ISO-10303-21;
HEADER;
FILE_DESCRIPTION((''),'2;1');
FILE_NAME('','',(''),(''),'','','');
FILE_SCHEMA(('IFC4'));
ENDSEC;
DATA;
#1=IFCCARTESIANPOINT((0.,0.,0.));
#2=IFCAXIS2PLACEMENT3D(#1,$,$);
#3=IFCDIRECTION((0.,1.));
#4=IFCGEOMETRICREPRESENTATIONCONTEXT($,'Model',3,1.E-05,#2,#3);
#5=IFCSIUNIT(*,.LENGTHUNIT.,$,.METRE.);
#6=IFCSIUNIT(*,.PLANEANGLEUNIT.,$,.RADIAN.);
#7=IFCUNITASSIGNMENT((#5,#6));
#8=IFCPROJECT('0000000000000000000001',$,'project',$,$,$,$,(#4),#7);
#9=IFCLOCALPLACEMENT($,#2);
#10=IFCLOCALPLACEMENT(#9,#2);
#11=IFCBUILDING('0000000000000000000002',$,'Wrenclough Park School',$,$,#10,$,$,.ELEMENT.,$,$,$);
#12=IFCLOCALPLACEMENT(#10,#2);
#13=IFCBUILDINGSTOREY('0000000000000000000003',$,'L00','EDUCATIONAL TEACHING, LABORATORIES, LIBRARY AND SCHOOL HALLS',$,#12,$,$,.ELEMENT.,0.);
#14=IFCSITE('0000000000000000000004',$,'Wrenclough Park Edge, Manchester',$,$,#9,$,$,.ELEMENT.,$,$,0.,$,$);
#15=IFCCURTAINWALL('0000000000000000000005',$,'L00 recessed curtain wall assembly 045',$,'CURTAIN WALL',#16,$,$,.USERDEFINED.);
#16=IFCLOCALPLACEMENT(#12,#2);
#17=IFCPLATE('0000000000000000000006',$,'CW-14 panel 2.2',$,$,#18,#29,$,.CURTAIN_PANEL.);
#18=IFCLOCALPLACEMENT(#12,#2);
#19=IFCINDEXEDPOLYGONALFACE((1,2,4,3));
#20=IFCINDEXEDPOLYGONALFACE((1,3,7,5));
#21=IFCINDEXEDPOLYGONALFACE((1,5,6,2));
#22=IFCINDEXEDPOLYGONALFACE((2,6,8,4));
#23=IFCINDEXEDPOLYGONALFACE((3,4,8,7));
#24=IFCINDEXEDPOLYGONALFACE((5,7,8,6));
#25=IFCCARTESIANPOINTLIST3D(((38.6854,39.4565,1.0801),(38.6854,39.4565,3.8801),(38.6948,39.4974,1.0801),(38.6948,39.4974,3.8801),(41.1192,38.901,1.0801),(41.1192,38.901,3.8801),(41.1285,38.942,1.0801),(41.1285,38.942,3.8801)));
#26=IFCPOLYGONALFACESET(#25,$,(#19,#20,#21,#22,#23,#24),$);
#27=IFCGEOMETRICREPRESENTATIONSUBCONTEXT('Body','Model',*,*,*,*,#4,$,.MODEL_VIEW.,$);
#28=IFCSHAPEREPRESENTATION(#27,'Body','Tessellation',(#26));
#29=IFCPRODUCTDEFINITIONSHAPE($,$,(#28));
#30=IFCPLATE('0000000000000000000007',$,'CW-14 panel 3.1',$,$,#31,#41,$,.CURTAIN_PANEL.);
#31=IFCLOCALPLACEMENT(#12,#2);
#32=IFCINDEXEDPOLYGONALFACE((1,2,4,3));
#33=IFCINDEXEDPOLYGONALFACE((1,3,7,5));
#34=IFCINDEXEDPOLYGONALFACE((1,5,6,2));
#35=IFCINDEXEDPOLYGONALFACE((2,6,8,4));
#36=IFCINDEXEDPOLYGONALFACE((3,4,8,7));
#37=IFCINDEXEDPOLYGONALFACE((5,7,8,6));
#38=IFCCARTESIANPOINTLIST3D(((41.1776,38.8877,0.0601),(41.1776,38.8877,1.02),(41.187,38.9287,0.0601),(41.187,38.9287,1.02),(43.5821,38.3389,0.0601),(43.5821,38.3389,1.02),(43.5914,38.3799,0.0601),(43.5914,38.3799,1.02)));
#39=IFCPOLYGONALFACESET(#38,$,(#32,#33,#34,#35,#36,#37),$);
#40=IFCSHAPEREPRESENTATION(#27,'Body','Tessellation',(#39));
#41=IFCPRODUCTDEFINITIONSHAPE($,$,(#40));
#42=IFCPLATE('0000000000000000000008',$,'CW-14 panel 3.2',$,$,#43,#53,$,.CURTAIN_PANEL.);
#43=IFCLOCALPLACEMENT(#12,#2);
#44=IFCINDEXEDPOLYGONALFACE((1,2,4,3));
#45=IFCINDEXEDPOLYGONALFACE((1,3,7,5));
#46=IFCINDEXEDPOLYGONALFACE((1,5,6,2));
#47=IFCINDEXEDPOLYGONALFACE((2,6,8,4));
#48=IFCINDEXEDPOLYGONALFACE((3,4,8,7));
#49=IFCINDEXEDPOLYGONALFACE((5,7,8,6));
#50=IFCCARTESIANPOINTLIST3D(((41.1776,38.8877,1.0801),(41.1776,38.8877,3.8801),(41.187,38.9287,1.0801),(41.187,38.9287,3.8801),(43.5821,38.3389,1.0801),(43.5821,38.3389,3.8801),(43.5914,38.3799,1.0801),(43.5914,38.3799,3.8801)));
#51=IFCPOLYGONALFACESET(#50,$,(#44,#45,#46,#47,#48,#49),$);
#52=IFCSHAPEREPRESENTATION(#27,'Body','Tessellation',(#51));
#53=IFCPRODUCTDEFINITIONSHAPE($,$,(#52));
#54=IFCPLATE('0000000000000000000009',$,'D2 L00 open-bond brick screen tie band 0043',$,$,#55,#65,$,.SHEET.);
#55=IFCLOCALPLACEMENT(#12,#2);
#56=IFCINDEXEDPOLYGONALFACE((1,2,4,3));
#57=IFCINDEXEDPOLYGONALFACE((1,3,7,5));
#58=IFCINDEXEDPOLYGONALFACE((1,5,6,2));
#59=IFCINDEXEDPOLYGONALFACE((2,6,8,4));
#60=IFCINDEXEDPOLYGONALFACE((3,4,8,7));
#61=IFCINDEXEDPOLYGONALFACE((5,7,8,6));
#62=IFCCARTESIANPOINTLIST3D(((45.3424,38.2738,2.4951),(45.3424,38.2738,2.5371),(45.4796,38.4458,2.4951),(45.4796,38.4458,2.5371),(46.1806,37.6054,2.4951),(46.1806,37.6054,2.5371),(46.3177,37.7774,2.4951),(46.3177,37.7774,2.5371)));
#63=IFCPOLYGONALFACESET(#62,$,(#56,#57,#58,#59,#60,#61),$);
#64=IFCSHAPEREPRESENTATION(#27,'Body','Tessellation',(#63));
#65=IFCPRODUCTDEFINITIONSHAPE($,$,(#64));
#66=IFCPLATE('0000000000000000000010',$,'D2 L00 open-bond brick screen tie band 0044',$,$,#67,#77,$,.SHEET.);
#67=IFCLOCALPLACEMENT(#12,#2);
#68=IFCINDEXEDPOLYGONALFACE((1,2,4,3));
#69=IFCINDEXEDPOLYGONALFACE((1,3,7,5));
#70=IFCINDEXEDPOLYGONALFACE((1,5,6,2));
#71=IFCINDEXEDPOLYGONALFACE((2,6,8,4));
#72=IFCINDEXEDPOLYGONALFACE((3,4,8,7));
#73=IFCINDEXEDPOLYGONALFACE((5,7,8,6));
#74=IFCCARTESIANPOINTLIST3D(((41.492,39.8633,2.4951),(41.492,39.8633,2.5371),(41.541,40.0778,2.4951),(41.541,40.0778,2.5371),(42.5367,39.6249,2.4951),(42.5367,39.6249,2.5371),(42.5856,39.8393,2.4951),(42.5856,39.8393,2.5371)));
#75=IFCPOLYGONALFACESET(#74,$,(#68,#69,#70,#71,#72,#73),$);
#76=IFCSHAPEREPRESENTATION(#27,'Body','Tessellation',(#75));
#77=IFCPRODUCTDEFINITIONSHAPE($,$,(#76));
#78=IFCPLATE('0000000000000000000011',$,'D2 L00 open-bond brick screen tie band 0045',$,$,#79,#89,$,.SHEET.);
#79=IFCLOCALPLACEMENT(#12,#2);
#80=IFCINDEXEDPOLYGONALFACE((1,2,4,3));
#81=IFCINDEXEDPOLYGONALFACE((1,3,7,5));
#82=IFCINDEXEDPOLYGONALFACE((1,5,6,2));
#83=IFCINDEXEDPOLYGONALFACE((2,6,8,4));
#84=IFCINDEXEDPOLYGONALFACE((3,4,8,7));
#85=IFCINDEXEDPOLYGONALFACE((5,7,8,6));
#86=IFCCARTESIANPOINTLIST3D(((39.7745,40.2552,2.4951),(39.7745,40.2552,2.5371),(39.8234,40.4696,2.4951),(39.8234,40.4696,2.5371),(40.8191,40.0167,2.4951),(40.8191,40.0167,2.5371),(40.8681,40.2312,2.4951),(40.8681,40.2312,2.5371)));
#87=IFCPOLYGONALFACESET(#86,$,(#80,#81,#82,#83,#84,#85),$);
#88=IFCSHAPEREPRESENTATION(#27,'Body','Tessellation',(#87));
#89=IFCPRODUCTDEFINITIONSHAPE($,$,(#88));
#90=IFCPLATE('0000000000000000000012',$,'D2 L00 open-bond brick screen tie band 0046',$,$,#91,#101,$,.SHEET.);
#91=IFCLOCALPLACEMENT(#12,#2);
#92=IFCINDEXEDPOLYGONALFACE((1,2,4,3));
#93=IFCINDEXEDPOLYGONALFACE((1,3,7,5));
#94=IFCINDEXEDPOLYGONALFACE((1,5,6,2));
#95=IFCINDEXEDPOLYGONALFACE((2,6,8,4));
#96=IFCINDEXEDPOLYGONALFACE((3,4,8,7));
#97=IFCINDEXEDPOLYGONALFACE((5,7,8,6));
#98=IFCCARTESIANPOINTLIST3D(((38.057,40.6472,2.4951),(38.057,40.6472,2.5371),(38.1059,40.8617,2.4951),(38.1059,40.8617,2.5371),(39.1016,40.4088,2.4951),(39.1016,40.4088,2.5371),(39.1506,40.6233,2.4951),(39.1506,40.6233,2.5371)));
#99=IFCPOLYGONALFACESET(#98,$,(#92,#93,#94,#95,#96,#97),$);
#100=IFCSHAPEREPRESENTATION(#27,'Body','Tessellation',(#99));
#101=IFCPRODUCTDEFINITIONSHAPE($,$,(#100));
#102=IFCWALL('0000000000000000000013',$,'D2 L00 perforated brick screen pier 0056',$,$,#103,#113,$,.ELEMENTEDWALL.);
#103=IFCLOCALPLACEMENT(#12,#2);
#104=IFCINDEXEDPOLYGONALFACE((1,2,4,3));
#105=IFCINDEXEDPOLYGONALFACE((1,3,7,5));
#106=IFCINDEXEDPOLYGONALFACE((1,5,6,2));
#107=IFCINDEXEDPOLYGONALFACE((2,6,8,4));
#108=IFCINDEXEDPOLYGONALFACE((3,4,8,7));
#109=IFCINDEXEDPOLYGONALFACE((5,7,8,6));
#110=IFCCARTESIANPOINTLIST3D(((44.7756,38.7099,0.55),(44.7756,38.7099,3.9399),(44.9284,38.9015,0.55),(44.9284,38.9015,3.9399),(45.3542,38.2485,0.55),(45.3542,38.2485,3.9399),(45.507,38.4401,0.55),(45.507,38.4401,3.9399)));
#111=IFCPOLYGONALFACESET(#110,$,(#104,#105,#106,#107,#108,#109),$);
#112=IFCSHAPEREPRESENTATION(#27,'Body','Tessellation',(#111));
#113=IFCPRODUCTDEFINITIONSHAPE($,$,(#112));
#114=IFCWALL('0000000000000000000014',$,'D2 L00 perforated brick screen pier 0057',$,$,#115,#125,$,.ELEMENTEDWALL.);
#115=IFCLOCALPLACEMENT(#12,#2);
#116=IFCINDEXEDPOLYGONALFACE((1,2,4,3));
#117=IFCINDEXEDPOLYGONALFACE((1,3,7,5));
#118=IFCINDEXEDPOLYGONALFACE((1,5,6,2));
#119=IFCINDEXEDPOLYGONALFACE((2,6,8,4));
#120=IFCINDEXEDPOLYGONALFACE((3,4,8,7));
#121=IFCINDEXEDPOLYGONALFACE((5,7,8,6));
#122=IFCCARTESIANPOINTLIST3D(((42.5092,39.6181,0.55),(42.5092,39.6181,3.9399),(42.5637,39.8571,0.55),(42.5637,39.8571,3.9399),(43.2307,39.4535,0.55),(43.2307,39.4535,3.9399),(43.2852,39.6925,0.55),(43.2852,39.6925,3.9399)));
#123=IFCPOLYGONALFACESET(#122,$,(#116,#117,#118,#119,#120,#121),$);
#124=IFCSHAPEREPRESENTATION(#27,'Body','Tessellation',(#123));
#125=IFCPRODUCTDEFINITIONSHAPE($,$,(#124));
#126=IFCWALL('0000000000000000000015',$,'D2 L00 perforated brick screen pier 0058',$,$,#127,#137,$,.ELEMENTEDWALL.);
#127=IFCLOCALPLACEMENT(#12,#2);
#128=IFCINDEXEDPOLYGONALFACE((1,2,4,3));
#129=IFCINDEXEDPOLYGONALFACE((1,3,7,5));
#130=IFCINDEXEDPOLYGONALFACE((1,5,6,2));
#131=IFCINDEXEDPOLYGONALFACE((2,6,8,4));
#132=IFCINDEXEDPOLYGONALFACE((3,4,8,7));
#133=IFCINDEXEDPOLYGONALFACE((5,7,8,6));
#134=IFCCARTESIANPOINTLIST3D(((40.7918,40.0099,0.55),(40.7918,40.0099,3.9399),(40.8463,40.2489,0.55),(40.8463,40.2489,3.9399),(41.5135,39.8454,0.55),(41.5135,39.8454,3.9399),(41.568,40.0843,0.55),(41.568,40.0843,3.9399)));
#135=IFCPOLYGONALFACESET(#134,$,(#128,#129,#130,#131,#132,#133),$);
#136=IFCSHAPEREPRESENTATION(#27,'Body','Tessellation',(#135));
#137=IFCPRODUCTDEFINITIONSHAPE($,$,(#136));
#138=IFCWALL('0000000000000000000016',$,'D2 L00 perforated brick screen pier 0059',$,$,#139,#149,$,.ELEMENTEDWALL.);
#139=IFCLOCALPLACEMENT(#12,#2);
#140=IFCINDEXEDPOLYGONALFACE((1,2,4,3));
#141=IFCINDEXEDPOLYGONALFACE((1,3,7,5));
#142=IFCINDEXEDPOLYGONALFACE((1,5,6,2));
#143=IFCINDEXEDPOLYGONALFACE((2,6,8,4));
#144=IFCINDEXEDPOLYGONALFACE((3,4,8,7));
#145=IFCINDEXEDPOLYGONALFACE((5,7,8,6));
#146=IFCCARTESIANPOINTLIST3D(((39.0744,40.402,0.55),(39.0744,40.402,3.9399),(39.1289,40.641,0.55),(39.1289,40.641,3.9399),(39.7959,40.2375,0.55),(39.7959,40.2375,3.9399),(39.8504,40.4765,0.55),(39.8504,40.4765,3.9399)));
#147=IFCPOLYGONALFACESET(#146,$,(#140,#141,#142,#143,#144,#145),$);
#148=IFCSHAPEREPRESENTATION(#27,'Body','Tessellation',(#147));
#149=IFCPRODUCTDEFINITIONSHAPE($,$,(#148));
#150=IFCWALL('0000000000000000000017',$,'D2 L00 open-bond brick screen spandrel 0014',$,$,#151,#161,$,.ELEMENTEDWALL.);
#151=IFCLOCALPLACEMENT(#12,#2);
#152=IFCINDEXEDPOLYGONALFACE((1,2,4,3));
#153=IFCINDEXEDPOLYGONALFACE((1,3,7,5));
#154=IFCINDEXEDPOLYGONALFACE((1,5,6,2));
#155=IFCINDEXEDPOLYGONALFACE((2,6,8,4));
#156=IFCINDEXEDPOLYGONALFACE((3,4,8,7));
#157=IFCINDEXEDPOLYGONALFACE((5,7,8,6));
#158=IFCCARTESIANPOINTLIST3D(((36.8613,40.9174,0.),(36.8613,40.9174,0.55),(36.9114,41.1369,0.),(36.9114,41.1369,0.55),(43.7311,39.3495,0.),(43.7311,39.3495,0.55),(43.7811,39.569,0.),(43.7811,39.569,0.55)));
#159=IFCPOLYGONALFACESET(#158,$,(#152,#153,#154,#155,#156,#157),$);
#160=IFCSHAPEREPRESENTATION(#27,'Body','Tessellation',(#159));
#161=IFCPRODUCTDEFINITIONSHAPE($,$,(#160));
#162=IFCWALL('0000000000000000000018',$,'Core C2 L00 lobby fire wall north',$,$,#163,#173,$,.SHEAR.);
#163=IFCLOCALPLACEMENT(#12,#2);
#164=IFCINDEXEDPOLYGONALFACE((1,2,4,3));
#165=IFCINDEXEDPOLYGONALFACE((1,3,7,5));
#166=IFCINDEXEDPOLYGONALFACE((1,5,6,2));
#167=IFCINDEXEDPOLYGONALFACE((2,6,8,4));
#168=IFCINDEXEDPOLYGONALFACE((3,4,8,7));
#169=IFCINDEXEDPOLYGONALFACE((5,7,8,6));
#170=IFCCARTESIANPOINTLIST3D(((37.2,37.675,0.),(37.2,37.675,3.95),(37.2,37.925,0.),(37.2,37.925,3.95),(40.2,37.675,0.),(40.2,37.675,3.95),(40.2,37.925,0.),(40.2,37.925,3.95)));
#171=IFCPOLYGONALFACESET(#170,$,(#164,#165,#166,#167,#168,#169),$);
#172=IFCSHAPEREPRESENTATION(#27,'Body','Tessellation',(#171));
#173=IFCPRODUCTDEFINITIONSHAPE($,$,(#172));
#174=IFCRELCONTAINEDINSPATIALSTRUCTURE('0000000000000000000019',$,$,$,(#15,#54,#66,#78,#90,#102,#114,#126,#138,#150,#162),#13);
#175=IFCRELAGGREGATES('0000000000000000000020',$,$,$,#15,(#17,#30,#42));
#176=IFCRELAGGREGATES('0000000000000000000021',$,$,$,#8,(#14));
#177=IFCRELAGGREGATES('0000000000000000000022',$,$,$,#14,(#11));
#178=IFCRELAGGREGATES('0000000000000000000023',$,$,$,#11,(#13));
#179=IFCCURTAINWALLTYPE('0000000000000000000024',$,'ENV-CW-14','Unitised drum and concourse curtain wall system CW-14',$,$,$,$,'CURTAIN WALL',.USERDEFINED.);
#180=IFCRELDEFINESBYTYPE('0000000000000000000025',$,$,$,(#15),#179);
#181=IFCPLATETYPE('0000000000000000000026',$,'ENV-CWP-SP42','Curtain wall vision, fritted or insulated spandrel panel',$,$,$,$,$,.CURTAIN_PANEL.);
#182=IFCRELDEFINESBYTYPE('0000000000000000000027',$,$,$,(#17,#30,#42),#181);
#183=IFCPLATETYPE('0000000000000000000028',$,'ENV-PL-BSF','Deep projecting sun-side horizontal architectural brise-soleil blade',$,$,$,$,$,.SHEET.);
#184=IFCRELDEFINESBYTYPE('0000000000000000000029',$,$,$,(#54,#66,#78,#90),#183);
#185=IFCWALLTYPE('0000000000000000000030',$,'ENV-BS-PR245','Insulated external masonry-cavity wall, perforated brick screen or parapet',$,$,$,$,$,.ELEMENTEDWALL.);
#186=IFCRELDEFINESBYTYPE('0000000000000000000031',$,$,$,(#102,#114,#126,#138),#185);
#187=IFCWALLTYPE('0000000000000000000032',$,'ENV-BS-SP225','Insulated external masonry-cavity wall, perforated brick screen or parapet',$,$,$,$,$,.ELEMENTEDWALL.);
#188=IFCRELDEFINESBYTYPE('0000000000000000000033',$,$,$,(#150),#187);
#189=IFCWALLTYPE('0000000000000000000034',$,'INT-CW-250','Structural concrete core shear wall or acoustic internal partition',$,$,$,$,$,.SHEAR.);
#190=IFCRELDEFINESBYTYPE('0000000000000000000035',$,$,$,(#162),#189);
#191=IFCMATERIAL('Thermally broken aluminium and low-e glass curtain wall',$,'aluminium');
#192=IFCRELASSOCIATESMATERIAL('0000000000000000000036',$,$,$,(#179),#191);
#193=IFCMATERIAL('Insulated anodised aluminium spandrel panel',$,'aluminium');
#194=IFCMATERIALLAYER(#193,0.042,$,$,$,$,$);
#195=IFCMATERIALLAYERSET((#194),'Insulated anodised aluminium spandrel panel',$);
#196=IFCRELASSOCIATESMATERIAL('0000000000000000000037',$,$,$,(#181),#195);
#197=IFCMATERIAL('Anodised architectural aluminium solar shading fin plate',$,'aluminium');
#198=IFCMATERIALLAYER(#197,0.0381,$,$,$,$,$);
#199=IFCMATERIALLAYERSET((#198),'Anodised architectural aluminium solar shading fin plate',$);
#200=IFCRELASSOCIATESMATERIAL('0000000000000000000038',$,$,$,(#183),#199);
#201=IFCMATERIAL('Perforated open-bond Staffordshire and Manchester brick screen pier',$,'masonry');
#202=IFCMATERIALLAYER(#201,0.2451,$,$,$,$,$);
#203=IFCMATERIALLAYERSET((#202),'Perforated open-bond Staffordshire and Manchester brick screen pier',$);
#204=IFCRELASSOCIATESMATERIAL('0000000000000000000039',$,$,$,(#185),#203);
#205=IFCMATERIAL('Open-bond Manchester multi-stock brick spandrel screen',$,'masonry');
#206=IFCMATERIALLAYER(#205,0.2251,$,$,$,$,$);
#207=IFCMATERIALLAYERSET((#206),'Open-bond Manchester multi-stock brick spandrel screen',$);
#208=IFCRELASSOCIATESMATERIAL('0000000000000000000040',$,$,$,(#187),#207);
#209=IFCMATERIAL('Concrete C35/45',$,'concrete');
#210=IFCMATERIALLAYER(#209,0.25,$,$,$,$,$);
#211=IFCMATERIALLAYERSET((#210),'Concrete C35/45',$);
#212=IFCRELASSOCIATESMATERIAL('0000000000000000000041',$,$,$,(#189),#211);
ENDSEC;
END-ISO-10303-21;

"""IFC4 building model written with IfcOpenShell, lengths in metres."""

from ifc_helpers import new_model, si_unit, direction, frame, frame_2d, origin, origin_2d, place, context, subcontext, project, spatial, rectangle, extrude, material, layer, layer_set, type_object, element, aggregate, save


model = new_model("IFC4")

# Units and contexts
model_context = context("Model", 3, precision=1e-05, world=origin(), true_north=direction((0.0, 1.0)))
body_context = subcontext(model_context, "Body", "Model", "MODEL_VIEW")
ifc_project = project(units=[si_unit("LENGTHUNIT", "METRE"), si_unit("PLANEANGLEUNIT", "RADIAN")], contexts=[model_context])

# Site, building, storey
site_placement = place(None, origin())
site = spatial("IfcSite", under=ifc_project, at=site_placement, Name="Wrenclough Park Edge, Manchester", CompositionType="ELEMENT", RefElevation=0.0)
building_placement = place(site_placement, origin())
building = spatial("IfcBuilding", under=site, at=building_placement, Name="Wrenclough Park School", CompositionType="ELEMENT")
storey_placement = place(building_placement, origin())
storey = spatial("IfcBuildingStorey", under=building, at=storey_placement, Name="L00", Description="EDUCATIONAL TEACHING, LABORATORIES, LIBRARY AND SCHOOL HALLS", CompositionType="ELEMENT", Elevation=0.0)

# Curtain wall
ifc_material_1 = material(Name="Thermally broken aluminium and low-e glass curtain wall", Category="aluminium")
curtain_wall_type_1 = type_object("IfcCurtainWallType", Name="ENV-CW-14", Description="Unitised drum and concourse curtain wall system CW-14", ElementType="CURTAIN WALL", PredefinedType="USERDEFINED", material=ifc_material_1)
curtain_wall_1_placement = place(storey_placement, origin())
curtain_wall_1 = element("IfcCurtainWall", 1, at=curtain_wall_1_placement, inside=storey, type_object=curtain_wall_type_1, Name="L00 recessed curtain wall assembly 045", ObjectType="CURTAIN WALL", PredefinedType="USERDEFINED")

# Plates
ifc_material_2 = material(Name="Insulated anodised aluminium spandrel panel", Category="aluminium")
ifc_layer_1 = layer(ifc_material_2, 0.042)
ifc_layer_set_1 = layer_set([ifc_layer_1], Name="Insulated anodised aluminium spandrel panel")
plate_type_1 = type_object("IfcPlateType", Name="ENV-CWP-SP42", Description="Curtain wall vision, fritted or insulated spandrel panel", PredefinedType="CURTAIN_PANEL", material=ifc_layer_set_1)
plate_1_placement = place(storey_placement, frame((39.907, 39.1992, 1.0801), z_axis=(0.0, 0.0, 1.0), x_axis=(0.974929, -0.222516, 0.0)))
plate_1 = element("IfcPlate", 2, at=plate_1_placement, type_object=plate_type_1, Name="CW-14 panel 2.2", PredefinedType="CURTAIN_PANEL", context=body_context, shape_type="SweptSolid", body=[
    extrude(rectangle(XDim=2.4963, YDim=0.042, at=origin_2d()), origin(), (0.0, 0.0, 1.0), 2.8),
])
plate_2_placement = place(storey_placement, frame((42.3845, 38.6338, 0.0601), z_axis=(0.0, 0.0, 1.0), x_axis=(0.974929, -0.222516, 0.0)))
plate_2 = element("IfcPlate", 3, at=plate_2_placement, type_object=plate_type_1, Name="CW-14 panel 3.1", PredefinedType="CURTAIN_PANEL", context=body_context, shape_type="SweptSolid", body=[
    extrude(rectangle(XDim=2.4663, YDim=0.042, at=origin_2d()), origin(), (0.0, 0.0, 1.0), 0.96),
])
plate_3_placement = place(storey_placement, frame((42.3845, 38.6338, 1.0801), z_axis=(0.0, 0.0, 1.0), x_axis=(0.974929, -0.222516, 0.0)))
plate_3 = element("IfcPlate", 4, at=plate_3_placement, type_object=plate_type_1, Name="CW-14 panel 3.2", PredefinedType="CURTAIN_PANEL", context=body_context, shape_type="SweptSolid", body=[
    extrude(rectangle(XDim=2.4663, YDim=0.042, at=origin_2d()), origin(), (0.0, 0.0, 1.0), 2.8),
])
aggregate(curtain_wall_1, [plate_1, plate_2, plate_3])

# Plates
ifc_material_3 = material(Name="Anodised architectural aluminium solar shading fin plate", Category="aluminium")
ifc_layer_2 = layer(ifc_material_3, 0.0381)
ifc_layer_set_2 = layer_set([ifc_layer_2], Name="Anodised architectural aluminium solar shading fin plate")
plate_type_2 = type_object("IfcPlateType", Name="ENV-PL-BSF", Description="Deep projecting sun-side horizontal architectural brise-soleil blade", PredefinedType="SHEET", material=ifc_layer_set_2)
plate_4_placement = place(storey_placement, frame((45.8301, 38.0256, 2.4951), z_axis=(0.0, 0.0, 1.0), x_axis=(-0.781826, 0.623497, 0.0)))
element("IfcPlate", 5, at=plate_4_placement, inside=storey, type_object=plate_type_2, Name="D2 L00 open-bond brick screen tie band 0043", PredefinedType="SHEET", context=body_context, shape_type="SweptSolid", body=[
    extrude(rectangle(XDim=1.072, YDim=0.22, at=origin_2d()), origin(), (0.0, 0.0, 1.0), 0.042),
])
for number, where, z_axis, x_axis, name in (
    (6, (42.0388, 39.8513, 2.4951), (0.0, 0.0, 1.0), (-0.974927, 0.222526, 0.0), "D2 L00 open-bond brick screen tie band 0044"),
    (7, (40.3213, 40.2432, 2.4951), (0.0, 0.0, 1.0), (-0.974927, 0.222526, 0.0), "D2 L00 open-bond brick screen tie band 0045"),
    (8, (38.6038, 40.6353, 2.4951), (0.0, 0.0, 1.0), (-0.974927, 0.222526, 0.0), "D2 L00 open-bond brick screen tie band 0046"),
):
    element("IfcPlate", number, at=place(storey_placement, frame(where, z_axis=z_axis, x_axis=x_axis)), inside=storey, type_object=plate_type_2, Name=name, PredefinedType="SHEET", context=body_context, shape_type="SweptSolid", body=[
        extrude(rectangle(XDim=1.0715, YDim=0.22, at=origin_2d()), origin(), (0.0, 0.0, 1.0), 0.042),
    ])

# Walls
ifc_material_4 = material(Name="Perforated open-bond Staffordshire and Manchester brick screen pier", Category="masonry")
ifc_layer_3 = layer(ifc_material_4, 0.2451)
ifc_layer_set_3 = layer_set([ifc_layer_3], Name="Perforated open-bond Staffordshire and Manchester brick screen pier")
wall_type_1 = type_object("IfcWallType", Name="ENV-BS-PR245", Description="Insulated external masonry-cavity wall, perforated brick screen or parapet", PredefinedType="ELEMENTEDWALL", material=ifc_layer_set_3)
for number, where, z_axis, x_axis, name in (
    (9, (45.4307, 38.3442, 0.55), (0.0, 0.0, 1.0), (-0.781833, 0.623487, 0.0), "D2 L00 perforated brick screen pier 0056"),
    (10, (43.2581, 39.573, 0.55), (0.0, 0.0, 1.0), (-0.974961, 0.222377, 0.0), "D2 L00 perforated brick screen pier 0057"),
):
    element("IfcWall", number, at=place(storey_placement, frame(where, z_axis=z_axis, x_axis=x_axis)), inside=storey, type_object=wall_type_1, Name=name, PredefinedType="ELEMENTEDWALL", context=body_context, shape_type="SweptSolid", body=[
        extrude(rectangle(XDim=0.74, YDim=0.2451, at=frame_2d((0.3701, 0.0))), origin(), (0.0, 0.0, 1.0), 3.3899),
    ])
wall_1_placement = place(storey_placement, frame((41.5408, 39.9648, 0.55), z_axis=(0.0, 0.0, 1.0), x_axis=(-0.974977, 0.222305, 0.0)))
element("IfcWall", 11, at=wall_1_placement, inside=storey, type_object=wall_type_1, Name="D2 L00 perforated brick screen pier 0058", PredefinedType="ELEMENTEDWALL", context=body_context, shape_type="SweptSolid", body=[
    extrude(rectangle(XDim=0.7402, YDim=0.2451, at=frame_2d((0.3701, 0.0))), origin(), (0.0, 0.0, 1.0), 3.3899),
])
wall_2_placement = place(storey_placement, frame((39.8232, 40.3569, 0.55), z_axis=(0.0, 0.0, 1.0), x_axis=(-0.974961, 0.222377, 0.0)))
element("IfcWall", 12, at=wall_2_placement, inside=storey, type_object=wall_type_1, Name="D2 L00 perforated brick screen pier 0059", PredefinedType="ELEMENTEDWALL", context=body_context, shape_type="SweptSolid", body=[
    extrude(rectangle(XDim=0.74, YDim=0.2451, at=frame_2d((0.3701, 0.0))), origin(), (0.0, 0.0, 1.0), 3.3899),
])
ifc_material_5 = material(Name="Open-bond Manchester multi-stock brick spandrel screen", Category="masonry")
ifc_layer_4 = layer(ifc_material_5, 0.2251)
ifc_layer_set_4 = layer_set([ifc_layer_4], Name="Open-bond Manchester multi-stock brick spandrel screen")
wall_type_2 = type_object("IfcWallType", Name="ENV-BS-SP225", Description="Insulated external masonry-cavity wall, perforated brick screen or parapet", PredefinedType="ELEMENTEDWALL", material=ifc_layer_set_4)
wall_3_placement = place(storey_placement, frame((43.7561, 39.4592, 0.0), z_axis=(0.0, 0.0, 1.0), x_axis=(-0.97493, 0.222511, 0.0)))
element("IfcWall", 13, at=wall_3_placement, inside=storey, type_object=wall_type_2, Name="D2 L00 open-bond brick screen spandrel 0014", PredefinedType="ELEMENTEDWALL", context=body_context, shape_type="SweptSolid", body=[
    extrude(rectangle(XDim=7.0464, YDim=0.2251, at=frame_2d((3.5232, 0.0))), origin(), (0.0, 0.0, 1.0), 0.55),
])
ifc_material_6 = material(Name="Concrete C35/45", Category="concrete")
ifc_layer_5 = layer(ifc_material_6, 0.25)
ifc_layer_set_5 = layer_set([ifc_layer_5], Name="Concrete C35/45")
wall_type_3 = type_object("IfcWallType", Name="INT-CW-250", Description="Structural concrete core shear wall or acoustic internal partition", PredefinedType="SHEAR", material=ifc_layer_set_5)
wall_4_placement = place(storey_placement, frame((40.2, 37.8, 0.0), z_axis=(0.0, 0.0, 1.0), x_axis=(-1.0, 0.0, 0.0)))
element("IfcWall", 14, at=wall_4_placement, inside=storey, type_object=wall_type_3, Name="Core C2 L00 lobby fire wall north", PredefinedType="SHEAR", context=body_context, shape_type="SweptSolid", body=[
    extrude(rectangle(XDim=3.0, YDim=0.25, at=frame_2d((1.5, 0.0))), origin(), (0.0, 0.0, 1.0), 3.95),
])

save(model, "model.ifc")
